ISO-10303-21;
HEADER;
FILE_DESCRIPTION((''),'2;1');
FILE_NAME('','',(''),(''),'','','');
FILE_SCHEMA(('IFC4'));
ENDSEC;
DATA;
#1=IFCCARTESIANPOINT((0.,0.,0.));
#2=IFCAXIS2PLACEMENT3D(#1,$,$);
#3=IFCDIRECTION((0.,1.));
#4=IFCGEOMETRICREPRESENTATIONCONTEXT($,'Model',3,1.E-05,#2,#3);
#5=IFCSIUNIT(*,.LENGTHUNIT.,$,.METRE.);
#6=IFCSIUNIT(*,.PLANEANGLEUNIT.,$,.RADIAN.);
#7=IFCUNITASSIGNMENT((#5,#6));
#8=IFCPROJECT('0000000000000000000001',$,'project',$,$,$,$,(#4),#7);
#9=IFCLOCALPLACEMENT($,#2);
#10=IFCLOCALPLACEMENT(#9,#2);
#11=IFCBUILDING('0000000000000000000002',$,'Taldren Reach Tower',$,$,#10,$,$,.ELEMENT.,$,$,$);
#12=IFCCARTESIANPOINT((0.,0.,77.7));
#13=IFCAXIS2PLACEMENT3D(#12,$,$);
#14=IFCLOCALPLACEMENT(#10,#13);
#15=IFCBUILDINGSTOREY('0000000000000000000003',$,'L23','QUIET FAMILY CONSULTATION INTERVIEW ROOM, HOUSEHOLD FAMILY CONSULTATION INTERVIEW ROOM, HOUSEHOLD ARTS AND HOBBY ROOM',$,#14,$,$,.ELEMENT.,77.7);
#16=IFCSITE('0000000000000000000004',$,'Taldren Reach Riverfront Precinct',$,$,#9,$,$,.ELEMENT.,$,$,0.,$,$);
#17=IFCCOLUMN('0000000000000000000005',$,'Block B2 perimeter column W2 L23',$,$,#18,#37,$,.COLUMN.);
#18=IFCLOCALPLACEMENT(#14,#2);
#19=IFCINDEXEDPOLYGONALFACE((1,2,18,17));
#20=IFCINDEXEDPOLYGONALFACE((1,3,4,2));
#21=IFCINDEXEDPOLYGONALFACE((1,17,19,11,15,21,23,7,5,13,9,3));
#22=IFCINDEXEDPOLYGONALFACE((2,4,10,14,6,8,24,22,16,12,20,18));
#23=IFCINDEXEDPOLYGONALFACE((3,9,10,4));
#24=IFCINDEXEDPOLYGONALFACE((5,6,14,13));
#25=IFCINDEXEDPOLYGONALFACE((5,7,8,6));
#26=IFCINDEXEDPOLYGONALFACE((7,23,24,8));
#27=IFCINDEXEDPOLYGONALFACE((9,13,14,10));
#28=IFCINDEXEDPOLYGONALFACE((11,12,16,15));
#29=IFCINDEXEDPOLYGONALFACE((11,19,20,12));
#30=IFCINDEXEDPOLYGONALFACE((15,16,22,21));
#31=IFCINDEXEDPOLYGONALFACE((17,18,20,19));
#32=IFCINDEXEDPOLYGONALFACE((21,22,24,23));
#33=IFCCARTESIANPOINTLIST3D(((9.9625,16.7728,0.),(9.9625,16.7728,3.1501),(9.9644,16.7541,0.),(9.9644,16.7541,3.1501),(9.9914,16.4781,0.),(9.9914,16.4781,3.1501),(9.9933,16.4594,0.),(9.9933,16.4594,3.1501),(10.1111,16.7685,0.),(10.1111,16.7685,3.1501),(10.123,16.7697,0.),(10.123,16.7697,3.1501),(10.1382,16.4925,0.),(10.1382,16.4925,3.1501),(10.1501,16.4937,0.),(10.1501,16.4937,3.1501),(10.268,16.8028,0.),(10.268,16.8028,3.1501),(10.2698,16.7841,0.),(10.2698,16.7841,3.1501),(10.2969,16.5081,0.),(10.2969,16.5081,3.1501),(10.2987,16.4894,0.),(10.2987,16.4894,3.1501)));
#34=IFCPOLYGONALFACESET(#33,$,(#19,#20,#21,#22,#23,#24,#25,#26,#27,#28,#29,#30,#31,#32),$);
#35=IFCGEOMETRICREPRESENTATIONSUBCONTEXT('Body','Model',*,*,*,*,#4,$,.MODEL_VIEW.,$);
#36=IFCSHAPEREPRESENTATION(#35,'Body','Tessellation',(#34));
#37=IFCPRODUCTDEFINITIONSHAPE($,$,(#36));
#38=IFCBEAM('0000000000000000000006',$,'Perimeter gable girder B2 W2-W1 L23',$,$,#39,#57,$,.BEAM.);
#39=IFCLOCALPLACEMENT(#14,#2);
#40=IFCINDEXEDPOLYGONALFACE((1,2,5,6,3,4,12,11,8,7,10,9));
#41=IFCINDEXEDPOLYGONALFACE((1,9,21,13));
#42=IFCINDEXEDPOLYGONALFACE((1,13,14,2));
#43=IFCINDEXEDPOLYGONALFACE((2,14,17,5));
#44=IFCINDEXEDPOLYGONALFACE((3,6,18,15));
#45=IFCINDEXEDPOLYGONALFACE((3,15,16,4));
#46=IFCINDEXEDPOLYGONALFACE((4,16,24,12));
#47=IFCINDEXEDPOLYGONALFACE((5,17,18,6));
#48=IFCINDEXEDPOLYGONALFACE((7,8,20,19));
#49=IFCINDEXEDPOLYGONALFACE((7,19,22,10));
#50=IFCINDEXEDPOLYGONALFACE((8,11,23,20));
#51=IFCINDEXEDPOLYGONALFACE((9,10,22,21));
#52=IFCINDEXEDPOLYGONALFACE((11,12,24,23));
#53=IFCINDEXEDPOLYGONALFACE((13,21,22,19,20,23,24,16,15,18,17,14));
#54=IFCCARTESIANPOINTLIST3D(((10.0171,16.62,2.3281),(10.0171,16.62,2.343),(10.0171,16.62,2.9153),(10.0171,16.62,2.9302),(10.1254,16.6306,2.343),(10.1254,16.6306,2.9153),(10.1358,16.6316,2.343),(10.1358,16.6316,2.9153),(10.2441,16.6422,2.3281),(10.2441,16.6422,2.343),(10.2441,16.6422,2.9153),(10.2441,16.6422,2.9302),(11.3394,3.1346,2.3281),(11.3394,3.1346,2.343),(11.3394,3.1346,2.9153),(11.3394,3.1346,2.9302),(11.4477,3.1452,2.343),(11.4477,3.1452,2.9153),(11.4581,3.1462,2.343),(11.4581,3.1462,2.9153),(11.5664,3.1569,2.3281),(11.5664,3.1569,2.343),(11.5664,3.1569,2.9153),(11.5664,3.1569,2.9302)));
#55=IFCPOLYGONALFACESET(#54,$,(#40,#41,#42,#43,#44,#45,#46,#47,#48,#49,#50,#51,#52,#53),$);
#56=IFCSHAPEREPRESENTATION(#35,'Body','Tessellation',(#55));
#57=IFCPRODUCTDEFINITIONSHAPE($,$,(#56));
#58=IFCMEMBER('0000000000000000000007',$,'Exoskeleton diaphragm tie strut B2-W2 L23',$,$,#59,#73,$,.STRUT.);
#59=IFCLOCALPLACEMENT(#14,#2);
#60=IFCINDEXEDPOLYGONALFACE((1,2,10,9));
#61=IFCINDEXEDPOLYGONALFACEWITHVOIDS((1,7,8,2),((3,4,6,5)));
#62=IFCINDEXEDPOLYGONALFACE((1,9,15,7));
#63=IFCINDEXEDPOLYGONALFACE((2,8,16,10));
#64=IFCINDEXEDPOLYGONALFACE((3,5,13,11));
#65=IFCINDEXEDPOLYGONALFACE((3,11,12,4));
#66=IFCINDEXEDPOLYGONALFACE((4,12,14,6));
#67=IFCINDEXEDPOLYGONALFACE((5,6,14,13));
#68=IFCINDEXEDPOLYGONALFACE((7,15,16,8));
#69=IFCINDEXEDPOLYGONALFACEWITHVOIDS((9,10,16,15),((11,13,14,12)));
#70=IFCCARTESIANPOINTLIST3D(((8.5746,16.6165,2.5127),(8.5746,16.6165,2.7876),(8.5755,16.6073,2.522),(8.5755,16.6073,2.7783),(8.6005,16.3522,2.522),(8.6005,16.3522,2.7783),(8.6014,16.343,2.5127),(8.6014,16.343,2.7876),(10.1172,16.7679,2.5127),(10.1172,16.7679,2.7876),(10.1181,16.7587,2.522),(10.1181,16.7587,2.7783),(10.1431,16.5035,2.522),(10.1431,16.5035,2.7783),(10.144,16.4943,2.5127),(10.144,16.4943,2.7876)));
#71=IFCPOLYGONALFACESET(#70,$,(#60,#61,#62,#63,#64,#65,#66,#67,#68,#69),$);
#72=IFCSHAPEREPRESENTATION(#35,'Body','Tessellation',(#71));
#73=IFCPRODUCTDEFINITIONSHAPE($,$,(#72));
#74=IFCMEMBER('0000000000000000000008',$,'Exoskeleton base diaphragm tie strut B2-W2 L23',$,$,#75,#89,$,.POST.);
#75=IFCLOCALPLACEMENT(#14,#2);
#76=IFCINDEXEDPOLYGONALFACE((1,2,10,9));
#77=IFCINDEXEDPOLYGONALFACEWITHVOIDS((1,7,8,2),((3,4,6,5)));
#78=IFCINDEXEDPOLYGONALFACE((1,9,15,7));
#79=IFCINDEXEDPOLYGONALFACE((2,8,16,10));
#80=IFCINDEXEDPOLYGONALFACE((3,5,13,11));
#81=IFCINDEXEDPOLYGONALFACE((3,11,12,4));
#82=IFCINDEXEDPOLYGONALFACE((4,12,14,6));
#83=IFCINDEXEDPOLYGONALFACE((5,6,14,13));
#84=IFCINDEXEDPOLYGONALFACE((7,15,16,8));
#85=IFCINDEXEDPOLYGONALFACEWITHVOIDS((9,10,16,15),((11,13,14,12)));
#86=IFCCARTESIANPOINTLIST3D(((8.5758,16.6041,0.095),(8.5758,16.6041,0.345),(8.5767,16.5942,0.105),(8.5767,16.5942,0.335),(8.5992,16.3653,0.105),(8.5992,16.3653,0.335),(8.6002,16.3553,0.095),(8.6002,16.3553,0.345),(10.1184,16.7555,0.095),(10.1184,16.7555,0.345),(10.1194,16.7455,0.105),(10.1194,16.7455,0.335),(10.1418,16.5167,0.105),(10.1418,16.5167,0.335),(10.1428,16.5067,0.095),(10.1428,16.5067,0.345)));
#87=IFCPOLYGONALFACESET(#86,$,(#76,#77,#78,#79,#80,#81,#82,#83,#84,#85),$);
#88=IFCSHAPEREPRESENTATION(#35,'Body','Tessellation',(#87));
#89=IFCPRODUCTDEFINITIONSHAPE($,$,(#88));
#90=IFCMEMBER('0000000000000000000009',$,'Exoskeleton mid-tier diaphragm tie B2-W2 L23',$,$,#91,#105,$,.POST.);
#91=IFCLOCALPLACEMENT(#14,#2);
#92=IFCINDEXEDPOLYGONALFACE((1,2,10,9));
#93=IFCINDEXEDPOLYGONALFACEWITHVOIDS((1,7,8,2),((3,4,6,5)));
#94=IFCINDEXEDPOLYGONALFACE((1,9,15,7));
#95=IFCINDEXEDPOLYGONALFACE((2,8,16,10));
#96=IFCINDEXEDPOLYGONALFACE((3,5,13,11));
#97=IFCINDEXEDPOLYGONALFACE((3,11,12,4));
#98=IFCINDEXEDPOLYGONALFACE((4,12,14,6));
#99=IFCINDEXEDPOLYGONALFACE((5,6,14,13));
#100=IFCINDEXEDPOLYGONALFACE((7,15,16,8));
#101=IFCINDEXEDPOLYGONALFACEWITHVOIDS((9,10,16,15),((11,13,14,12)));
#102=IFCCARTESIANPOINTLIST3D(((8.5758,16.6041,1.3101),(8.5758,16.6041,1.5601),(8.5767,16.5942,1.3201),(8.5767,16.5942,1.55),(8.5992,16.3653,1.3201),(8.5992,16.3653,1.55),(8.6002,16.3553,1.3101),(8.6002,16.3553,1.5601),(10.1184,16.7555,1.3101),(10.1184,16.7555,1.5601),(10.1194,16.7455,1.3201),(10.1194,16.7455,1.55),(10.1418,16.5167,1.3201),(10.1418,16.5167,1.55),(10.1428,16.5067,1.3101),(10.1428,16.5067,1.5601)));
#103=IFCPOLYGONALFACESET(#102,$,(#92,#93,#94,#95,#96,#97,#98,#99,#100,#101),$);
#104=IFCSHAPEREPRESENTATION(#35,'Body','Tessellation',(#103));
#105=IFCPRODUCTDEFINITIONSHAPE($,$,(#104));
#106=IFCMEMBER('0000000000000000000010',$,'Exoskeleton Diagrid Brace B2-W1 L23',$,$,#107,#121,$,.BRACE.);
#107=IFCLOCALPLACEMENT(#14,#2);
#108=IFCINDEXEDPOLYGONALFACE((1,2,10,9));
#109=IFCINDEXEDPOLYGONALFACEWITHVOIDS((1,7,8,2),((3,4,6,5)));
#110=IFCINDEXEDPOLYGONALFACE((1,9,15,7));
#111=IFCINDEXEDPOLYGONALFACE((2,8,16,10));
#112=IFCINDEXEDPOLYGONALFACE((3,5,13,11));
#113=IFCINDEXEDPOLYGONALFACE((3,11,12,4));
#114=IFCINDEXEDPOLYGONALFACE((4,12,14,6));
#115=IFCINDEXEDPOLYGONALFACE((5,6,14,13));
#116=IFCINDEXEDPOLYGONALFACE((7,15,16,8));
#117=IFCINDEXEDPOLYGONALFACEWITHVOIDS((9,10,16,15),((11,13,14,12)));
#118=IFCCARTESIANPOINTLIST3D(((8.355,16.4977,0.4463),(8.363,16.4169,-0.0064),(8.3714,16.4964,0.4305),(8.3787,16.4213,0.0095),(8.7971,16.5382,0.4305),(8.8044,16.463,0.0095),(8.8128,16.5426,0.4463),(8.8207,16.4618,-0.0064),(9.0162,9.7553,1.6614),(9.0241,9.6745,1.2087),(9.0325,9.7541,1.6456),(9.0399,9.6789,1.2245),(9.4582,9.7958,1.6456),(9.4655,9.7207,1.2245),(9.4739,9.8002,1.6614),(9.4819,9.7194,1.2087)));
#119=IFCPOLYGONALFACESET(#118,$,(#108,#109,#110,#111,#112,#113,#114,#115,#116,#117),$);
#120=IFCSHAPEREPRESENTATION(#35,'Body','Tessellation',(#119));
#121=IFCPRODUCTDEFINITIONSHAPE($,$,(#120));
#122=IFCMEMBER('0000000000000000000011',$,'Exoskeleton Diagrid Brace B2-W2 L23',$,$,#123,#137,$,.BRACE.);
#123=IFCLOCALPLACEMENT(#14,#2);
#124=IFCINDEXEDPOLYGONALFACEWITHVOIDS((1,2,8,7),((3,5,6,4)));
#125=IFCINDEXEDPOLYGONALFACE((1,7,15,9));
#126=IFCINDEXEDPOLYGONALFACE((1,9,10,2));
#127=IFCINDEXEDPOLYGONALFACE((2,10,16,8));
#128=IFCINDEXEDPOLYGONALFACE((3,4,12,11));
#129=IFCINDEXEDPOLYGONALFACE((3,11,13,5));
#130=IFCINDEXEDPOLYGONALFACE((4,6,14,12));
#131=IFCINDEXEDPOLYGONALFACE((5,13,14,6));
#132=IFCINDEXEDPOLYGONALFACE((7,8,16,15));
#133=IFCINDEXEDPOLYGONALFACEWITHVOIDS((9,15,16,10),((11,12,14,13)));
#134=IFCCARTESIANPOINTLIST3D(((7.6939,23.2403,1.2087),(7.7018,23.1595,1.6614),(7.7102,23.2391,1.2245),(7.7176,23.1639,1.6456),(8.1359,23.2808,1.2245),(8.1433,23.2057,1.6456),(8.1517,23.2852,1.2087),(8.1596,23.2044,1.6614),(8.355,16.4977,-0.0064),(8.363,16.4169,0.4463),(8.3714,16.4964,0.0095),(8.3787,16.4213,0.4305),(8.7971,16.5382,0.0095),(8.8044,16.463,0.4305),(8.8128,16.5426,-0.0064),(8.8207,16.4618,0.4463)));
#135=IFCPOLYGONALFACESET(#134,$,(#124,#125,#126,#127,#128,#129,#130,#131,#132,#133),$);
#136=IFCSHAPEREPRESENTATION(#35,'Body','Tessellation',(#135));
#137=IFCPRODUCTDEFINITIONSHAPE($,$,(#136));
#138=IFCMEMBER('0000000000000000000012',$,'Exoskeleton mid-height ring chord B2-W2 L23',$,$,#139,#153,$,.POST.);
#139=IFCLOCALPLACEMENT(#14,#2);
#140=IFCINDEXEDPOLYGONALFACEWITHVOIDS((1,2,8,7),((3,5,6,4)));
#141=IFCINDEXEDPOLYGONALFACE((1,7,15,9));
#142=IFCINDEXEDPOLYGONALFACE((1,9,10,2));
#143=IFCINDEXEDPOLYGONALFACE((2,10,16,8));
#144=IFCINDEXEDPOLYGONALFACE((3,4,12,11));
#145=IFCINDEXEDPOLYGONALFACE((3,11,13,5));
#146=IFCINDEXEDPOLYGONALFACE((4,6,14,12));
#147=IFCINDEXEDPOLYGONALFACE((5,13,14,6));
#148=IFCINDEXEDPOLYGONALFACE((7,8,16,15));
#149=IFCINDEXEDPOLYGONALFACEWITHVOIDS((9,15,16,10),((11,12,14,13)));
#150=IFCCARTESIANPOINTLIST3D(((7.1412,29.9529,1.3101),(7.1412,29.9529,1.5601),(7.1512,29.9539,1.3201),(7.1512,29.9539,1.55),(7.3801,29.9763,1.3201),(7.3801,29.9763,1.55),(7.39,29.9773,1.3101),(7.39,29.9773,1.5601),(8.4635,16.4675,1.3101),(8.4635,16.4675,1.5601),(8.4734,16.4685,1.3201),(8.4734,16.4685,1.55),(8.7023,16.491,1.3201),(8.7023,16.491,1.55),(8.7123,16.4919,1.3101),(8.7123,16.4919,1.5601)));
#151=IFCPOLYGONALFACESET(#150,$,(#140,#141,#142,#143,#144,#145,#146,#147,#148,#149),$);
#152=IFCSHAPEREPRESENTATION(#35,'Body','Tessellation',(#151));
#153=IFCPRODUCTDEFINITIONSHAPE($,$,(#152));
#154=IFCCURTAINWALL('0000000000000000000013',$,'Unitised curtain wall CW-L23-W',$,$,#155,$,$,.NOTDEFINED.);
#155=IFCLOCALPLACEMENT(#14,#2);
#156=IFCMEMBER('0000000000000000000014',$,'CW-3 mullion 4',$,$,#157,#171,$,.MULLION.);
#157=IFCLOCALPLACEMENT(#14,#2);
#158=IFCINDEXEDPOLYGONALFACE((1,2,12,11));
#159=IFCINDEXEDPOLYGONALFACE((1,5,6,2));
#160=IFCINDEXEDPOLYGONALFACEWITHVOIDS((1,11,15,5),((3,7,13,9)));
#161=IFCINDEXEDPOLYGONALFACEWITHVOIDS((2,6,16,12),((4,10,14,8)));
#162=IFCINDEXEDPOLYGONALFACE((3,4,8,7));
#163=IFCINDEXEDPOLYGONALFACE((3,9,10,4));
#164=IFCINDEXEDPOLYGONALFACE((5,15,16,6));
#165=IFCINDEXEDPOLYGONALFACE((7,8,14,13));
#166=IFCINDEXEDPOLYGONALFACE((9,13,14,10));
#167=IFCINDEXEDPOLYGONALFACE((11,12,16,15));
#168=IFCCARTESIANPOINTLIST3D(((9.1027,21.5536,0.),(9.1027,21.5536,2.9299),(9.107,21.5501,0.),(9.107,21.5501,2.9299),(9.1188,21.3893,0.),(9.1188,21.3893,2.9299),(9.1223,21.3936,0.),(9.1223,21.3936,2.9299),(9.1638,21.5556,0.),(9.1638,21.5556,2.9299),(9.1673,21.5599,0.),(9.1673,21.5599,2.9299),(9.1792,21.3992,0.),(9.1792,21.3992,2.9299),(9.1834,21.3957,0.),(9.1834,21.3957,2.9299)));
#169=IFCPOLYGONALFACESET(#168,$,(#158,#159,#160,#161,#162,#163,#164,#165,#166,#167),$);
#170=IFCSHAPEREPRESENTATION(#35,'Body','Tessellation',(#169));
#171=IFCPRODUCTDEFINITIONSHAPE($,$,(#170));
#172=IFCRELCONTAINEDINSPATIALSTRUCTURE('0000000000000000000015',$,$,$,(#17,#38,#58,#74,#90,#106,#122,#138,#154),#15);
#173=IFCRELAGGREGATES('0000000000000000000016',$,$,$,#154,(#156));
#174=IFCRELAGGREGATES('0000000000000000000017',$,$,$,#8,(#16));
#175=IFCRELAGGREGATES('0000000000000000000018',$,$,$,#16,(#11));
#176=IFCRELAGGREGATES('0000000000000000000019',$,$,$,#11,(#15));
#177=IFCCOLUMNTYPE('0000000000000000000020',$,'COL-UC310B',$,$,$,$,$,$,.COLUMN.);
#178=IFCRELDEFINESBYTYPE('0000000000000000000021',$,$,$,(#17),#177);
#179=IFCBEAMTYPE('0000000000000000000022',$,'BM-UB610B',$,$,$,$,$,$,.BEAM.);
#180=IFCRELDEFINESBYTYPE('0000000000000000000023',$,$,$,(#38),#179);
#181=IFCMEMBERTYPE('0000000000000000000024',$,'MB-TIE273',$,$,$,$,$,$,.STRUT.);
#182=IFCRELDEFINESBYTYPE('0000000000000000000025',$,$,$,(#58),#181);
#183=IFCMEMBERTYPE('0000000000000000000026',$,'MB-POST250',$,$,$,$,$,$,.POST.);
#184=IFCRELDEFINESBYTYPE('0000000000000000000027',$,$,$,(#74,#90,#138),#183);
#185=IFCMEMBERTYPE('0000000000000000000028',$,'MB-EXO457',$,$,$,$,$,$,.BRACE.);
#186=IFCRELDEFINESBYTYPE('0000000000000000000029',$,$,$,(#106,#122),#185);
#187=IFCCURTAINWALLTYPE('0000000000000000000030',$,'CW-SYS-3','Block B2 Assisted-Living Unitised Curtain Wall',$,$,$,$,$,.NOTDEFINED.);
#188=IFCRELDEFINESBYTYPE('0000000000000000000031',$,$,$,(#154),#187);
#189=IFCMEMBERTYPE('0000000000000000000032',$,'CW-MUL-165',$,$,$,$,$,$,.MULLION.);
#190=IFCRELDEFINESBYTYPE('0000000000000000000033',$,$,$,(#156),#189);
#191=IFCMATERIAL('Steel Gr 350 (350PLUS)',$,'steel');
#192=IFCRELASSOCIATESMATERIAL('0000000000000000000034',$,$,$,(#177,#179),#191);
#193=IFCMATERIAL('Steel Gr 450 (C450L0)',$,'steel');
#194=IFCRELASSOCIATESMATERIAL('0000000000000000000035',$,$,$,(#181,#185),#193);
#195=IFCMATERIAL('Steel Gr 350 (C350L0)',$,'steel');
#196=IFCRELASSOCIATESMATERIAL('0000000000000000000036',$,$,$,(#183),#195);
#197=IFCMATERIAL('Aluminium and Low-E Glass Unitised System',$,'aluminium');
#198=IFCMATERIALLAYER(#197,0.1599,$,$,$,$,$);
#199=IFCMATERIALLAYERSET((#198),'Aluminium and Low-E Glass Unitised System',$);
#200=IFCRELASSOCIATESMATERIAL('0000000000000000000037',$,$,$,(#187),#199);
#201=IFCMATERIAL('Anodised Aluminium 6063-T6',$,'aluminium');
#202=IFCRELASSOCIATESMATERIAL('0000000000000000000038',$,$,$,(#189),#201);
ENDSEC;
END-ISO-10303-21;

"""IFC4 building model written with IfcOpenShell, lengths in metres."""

from ifc_helpers import new_model, si_unit, direction, frame, origin, origin_2d, place, context, subcontext, project, spatial, hollow_rectangle, i_section, extrude, source, transform, mapped, material, layer, layer_set, material_profile, profile_set, type_object, element, aggregate, save


model = new_model("IFC4")

# Units and contexts
model_context = context("Model", 3, precision=1e-05, world=origin(), true_north=direction((0.0, 1.0)))
body_context = subcontext(model_context, "Body", "Model", "MODEL_VIEW")
ifc_project = project(units=[si_unit("LENGTHUNIT", "METRE"), si_unit("PLANEANGLEUNIT", "RADIAN")], contexts=[model_context])

# Site, building, storey
site_placement = place(None, origin())
site = spatial("IfcSite", under=ifc_project, at=site_placement, Name="Taldren Reach Riverfront Precinct", CompositionType="ELEMENT", RefElevation=0.0)
building_placement = place(site_placement, origin())
building = spatial("IfcBuilding", under=site, at=building_placement, Name="Taldren Reach Tower", CompositionType="ELEMENT")
storey_placement = place(building_placement, frame((0.0, 0.0, 77.7)))
storey = spatial("IfcBuildingStorey", under=building, at=storey_placement, Name="L23", Description="QUIET FAMILY CONSULTATION INTERVIEW ROOM, HOUSEHOLD FAMILY CONSULTATION INTERVIEW ROOM, HOUSEHOLD ARTS AND HOBBY ROOM", CompositionType="ELEMENT", Elevation=77.7)

# Column
ifc_material_1 = material(Name="Steel Gr 350 (350PLUS)", Category="steel")
ifc_material_profile_1 = material_profile(ifc_material_1, i_section(OverallWidth=0.3069, OverallDepth=0.3149, WebThickness=0.012, FlangeThickness=0.0188, at=origin_2d()), Name="310UC118")
ifc_profile_set_1 = profile_set([ifc_material_profile_1], Name="Steel Gr 350 (350PLUS)")
column_type = type_object("IfcColumnType", Name="COL-UC310B", PredefinedType="COLUMN", material=ifc_profile_set_1)
shared_shape_1 = source(origin(), body_context, "Body", "SweptSolid", [
    extrude(i_section(OverallWidth=0.3069, OverallDepth=0.3149, WebThickness=0.012, FlangeThickness=0.0188, at=origin_2d()), origin(), (0.0, 0.0, 1.0), 3.1501),
])
column_placement = place(storey_placement, frame((10.1306, 16.6311, 0.0), z_axis=(0.0, 0.0, 1.0), x_axis=(0.995227, 0.097583, 0.0)))
element("IfcColumn", 1, at=column_placement, inside=storey, type_object=column_type, Name="Block B2 perimeter column W2 L23", PredefinedType="COLUMN", context=body_context, shape_type="MappedRepresentation", body=[
    mapped(shared_shape_1, transform((0.0, 0.0, 0.0), scale=1.0)),
])

# Beam
ifc_material_profile_2 = material_profile(ifc_material_1, i_section(OverallWidth=0.228, OverallDepth=0.6021, WebThickness=0.0105, FlangeThickness=0.0149, at=origin_2d()), Name="610UB101")
ifc_profile_set_2 = profile_set([ifc_material_profile_2], Name="Steel Gr 350 (350PLUS)")
beam_type = type_object("IfcBeamType", Name="BM-UB610B", PredefinedType="BEAM", material=ifc_profile_set_2)
shared_shape_2 = source(origin(), body_context, "Body", "SweptSolid", [
    extrude(i_section(OverallWidth=0.228, OverallDepth=0.6021, WebThickness=0.0105, FlangeThickness=0.0149, at=origin_2d()), origin(), (0.0, 0.0, 1.0), 13.55),
])
beam_placement = place(storey_placement, frame((10.1306, 16.6311, 2.6292), z_axis=(0.097584, -0.995227, 0.0), x_axis=(0.995227, 0.097584, 0.0)))
element("IfcBeam", 2, at=beam_placement, inside=storey, type_object=beam_type, Name="Perimeter gable girder B2 W2-W1 L23", PredefinedType="BEAM", context=body_context, shape_type="MappedRepresentation", body=[
    mapped(shared_shape_2, transform((0.0, 0.0, 0.0), scale=1.0)),
])

# Members
ifc_material_2 = material(Name="Steel Gr 450 (C450L0)", Category="steel")
ifc_material_profile_3 = material_profile(ifc_material_2, hollow_rectangle(XDim=0.2749, YDim=0.2749, WallThickness=0.0093, at=origin_2d()), Name="275x275x9.3SHS")
ifc_profile_set_3 = profile_set([ifc_material_profile_3], Name="Steel Gr 450 (C450L0)")
member_type_1 = type_object("IfcMemberType", Name="MB-TIE273", PredefinedType="STRUT", material=ifc_profile_set_3)
shared_shape_3 = source(origin(), body_context, "Body", "SweptSolid", [
    extrude(hollow_rectangle(XDim=0.2749, YDim=0.2749, WallThickness=0.0093, at=origin_2d()), origin(), (0.0, 0.0, 1.0), 1.55),
])
member_1_placement = place(storey_placement, frame((10.1306, 16.6311, 2.6501), z_axis=(-0.995221, -0.097648, 0.0), x_axis=(0.097648, -0.995221, 0.0)))
element("IfcMember", 3, at=member_1_placement, inside=storey, type_object=member_type_1, Name="Exoskeleton diaphragm tie strut B2-W2 L23", PredefinedType="STRUT", context=body_context, shape_type="MappedRepresentation", body=[
    mapped(shared_shape_3, transform((0.0, 0.0, 0.0), scale=1.0)),
])
ifc_material_3 = material(Name="Steel Gr 350 (C350L0)", Category="steel")
ifc_material_profile_4 = material_profile(ifc_material_3, hollow_rectangle(XDim=0.25, YDim=0.25, WallThickness=0.01, at=origin_2d()), Name="250x250x10.0SHS")
ifc_profile_set_4 = profile_set([ifc_material_profile_4], Name="Steel Gr 350 (C350L0)")
member_type_2 = type_object("IfcMemberType", Name="MB-POST250", PredefinedType="POST", material=ifc_profile_set_4)
shared_shape_4 = source(origin(), body_context, "Body", "SweptSolid", [
    extrude(hollow_rectangle(XDim=0.25, YDim=0.25, WallThickness=0.01, at=origin_2d()), origin(), (0.0, 0.0, 1.0), 1.55),
])
for number, where, z_axis, x_axis, name in (
    (4, (10.1306, 16.6311, 0.22), (-0.995221, -0.097648, 0.0), (0.097648, -0.995221, 0.0), "Exoskeleton base diaphragm tie strut B2-W2 L23"),
    (5, (10.1306, 16.6311, 1.4351), (-0.995221, -0.097648, 0.0), (0.097648, -0.995221, 0.0), "Exoskeleton mid-tier diaphragm tie B2-W2 L23"),
):
    element("IfcMember", number, at=place(storey_placement, frame(where, z_axis=z_axis, x_axis=x_axis)), inside=storey, type_object=member_type_2, Name=name, PredefinedType="POST", context=body_context, shape_type="MappedRepresentation", body=[
        mapped(shared_shape_4, transform((0.0, 0.0, 0.0), scale=1.0)),
    ])
ifc_material_profile_5 = material_profile(ifc_material_2, hollow_rectangle(XDim=0.46, YDim=0.46, WallThickness=0.0161, at=origin_2d()), Name="460x460x16.0SHS")
ifc_profile_set_5 = profile_set([ifc_material_profile_5], Name="Steel Gr 450 (C450L0)")
member_type_3 = type_object("IfcMemberType", Name="MB-EXO457", PredefinedType="BRACE", material=ifc_profile_set_5)
shared_shape_5 = source(origin(), body_context, "Body", "SweptSolid", [
    extrude(hollow_rectangle(XDim=0.46, YDim=0.46, WallThickness=0.0161, at=origin_2d()), origin(), (0.0, 0.0, 1.0), 6.8828),
])
member_2_placement = place(storey_placement, frame((8.5879, 16.4797, 0.22), z_axis=(0.096055, -0.979596, 0.176538), x_axis=(0.995227, 0.097588, 0.0)))
element("IfcMember", 6, at=member_2_placement, inside=storey, type_object=member_type_3, Name="Exoskeleton Diagrid Brace B2-W1 L23", PredefinedType="BRACE", context=body_context, shape_type="MappedRepresentation", body=[
    mapped(shared_shape_5, transform((0.0, 0.0, 0.0), scale=1.0)),
])
shared_shape_6 = source(origin(), body_context, "Body", "SweptSolid", [
    extrude(hollow_rectangle(XDim=0.46, YDim=0.46, WallThickness=0.0161, at=origin_2d()), origin(), (0.0, 0.0, 1.0), 6.8831),
])
member_3_placement = place(storey_placement, frame((8.5879, 16.4797, 0.22), z_axis=(-0.096051, 0.979597, 0.176532), x_axis=(-0.995227, -0.097584, 0.0)))
element("IfcMember", 7, at=member_3_placement, inside=storey, type_object=member_type_3, Name="Exoskeleton Diagrid Brace B2-W2 L23", PredefinedType="BRACE", context=body_context, shape_type="MappedRepresentation", body=[
    mapped(shared_shape_6, transform((0.0, 0.0, 0.0), scale=1.0)),
])
shared_shape_7 = source(origin(), body_context, "Body", "SweptSolid", [
    extrude(hollow_rectangle(XDim=0.25, YDim=0.25, WallThickness=0.01, at=origin_2d()), origin(), (0.0, 0.0, 1.0), 13.55),
])
member_4_placement = place(storey_placement, frame((8.5879, 16.4797, 1.4351), z_axis=(-0.097584, 0.995227, 0.0), x_axis=(-0.995227, -0.097584, 0.0)))
element("IfcMember", 8, at=member_4_placement, inside=storey, type_object=member_type_2, Name="Exoskeleton mid-height ring chord B2-W2 L23", PredefinedType="POST", context=body_context, shape_type="MappedRepresentation", body=[
    mapped(shared_shape_7, transform((0.0, 0.0, 0.0), scale=1.0)),
])

# Curtain wall, member
ifc_material_4 = material(Name="Aluminium and Low-E Glass Unitised System", Category="aluminium")
ifc_layer_1 = layer(ifc_material_4, 0.1599)
ifc_layer_set_1 = layer_set([ifc_layer_1], Name="Aluminium and Low-E Glass Unitised System")
curtain_wall_type = type_object("IfcCurtainWallType", Name="CW-SYS-3", Description="Block B2 Assisted-Living Unitised Curtain Wall", PredefinedType="NOTDEFINED", material=ifc_layer_set_1)
curtain_wall_placement = place(storey_placement, origin())
curtain_wall = element("IfcCurtainWall", 9, at=curtain_wall_placement, inside=storey, type_object=curtain_wall_type, Name="Unitised curtain wall CW-L23-W", PredefinedType="NOTDEFINED")
ifc_material_5 = material(Name="Anodised Aluminium 6063-T6", Category="aluminium")
ifc_material_profile_6 = material_profile(ifc_material_5, hollow_rectangle(XDim=0.0649, YDim=0.165, WallThickness=0.0039, at=origin_2d()), Name="ALU-165x65x4RHS")
ifc_profile_set_6 = profile_set([ifc_material_profile_6], Name="Anodised Aluminium 6063-T6")
member_type_4 = type_object("IfcMemberType", Name="CW-MUL-165", PredefinedType="MULLION", material=ifc_profile_set_6)
shared_shape_8 = source(origin(), body_context, "Body", "SweptSolid", [
    extrude(hollow_rectangle(XDim=0.0649, YDim=0.165, WallThickness=0.0039, at=origin_2d()), origin(), (0.0, 0.0, 1.0), 2.9299),
])
member_5_placement = place(storey_placement, frame((9.1431, 21.4746, 0.0), z_axis=(0.0, 0.0, 1.0), x_axis=(0.995227, 0.097583, 0.0)))
member_5 = element("IfcMember", 10, at=member_5_placement, type_object=member_type_4, Name="CW-3 mullion 4", PredefinedType="MULLION", context=body_context, shape_type="MappedRepresentation", body=[
    mapped(shared_shape_8, transform((0.0, 0.0, 0.0), scale=1.0)),
])

aggregate(curtain_wall, [member_5])

save(model, "model.ifc")
